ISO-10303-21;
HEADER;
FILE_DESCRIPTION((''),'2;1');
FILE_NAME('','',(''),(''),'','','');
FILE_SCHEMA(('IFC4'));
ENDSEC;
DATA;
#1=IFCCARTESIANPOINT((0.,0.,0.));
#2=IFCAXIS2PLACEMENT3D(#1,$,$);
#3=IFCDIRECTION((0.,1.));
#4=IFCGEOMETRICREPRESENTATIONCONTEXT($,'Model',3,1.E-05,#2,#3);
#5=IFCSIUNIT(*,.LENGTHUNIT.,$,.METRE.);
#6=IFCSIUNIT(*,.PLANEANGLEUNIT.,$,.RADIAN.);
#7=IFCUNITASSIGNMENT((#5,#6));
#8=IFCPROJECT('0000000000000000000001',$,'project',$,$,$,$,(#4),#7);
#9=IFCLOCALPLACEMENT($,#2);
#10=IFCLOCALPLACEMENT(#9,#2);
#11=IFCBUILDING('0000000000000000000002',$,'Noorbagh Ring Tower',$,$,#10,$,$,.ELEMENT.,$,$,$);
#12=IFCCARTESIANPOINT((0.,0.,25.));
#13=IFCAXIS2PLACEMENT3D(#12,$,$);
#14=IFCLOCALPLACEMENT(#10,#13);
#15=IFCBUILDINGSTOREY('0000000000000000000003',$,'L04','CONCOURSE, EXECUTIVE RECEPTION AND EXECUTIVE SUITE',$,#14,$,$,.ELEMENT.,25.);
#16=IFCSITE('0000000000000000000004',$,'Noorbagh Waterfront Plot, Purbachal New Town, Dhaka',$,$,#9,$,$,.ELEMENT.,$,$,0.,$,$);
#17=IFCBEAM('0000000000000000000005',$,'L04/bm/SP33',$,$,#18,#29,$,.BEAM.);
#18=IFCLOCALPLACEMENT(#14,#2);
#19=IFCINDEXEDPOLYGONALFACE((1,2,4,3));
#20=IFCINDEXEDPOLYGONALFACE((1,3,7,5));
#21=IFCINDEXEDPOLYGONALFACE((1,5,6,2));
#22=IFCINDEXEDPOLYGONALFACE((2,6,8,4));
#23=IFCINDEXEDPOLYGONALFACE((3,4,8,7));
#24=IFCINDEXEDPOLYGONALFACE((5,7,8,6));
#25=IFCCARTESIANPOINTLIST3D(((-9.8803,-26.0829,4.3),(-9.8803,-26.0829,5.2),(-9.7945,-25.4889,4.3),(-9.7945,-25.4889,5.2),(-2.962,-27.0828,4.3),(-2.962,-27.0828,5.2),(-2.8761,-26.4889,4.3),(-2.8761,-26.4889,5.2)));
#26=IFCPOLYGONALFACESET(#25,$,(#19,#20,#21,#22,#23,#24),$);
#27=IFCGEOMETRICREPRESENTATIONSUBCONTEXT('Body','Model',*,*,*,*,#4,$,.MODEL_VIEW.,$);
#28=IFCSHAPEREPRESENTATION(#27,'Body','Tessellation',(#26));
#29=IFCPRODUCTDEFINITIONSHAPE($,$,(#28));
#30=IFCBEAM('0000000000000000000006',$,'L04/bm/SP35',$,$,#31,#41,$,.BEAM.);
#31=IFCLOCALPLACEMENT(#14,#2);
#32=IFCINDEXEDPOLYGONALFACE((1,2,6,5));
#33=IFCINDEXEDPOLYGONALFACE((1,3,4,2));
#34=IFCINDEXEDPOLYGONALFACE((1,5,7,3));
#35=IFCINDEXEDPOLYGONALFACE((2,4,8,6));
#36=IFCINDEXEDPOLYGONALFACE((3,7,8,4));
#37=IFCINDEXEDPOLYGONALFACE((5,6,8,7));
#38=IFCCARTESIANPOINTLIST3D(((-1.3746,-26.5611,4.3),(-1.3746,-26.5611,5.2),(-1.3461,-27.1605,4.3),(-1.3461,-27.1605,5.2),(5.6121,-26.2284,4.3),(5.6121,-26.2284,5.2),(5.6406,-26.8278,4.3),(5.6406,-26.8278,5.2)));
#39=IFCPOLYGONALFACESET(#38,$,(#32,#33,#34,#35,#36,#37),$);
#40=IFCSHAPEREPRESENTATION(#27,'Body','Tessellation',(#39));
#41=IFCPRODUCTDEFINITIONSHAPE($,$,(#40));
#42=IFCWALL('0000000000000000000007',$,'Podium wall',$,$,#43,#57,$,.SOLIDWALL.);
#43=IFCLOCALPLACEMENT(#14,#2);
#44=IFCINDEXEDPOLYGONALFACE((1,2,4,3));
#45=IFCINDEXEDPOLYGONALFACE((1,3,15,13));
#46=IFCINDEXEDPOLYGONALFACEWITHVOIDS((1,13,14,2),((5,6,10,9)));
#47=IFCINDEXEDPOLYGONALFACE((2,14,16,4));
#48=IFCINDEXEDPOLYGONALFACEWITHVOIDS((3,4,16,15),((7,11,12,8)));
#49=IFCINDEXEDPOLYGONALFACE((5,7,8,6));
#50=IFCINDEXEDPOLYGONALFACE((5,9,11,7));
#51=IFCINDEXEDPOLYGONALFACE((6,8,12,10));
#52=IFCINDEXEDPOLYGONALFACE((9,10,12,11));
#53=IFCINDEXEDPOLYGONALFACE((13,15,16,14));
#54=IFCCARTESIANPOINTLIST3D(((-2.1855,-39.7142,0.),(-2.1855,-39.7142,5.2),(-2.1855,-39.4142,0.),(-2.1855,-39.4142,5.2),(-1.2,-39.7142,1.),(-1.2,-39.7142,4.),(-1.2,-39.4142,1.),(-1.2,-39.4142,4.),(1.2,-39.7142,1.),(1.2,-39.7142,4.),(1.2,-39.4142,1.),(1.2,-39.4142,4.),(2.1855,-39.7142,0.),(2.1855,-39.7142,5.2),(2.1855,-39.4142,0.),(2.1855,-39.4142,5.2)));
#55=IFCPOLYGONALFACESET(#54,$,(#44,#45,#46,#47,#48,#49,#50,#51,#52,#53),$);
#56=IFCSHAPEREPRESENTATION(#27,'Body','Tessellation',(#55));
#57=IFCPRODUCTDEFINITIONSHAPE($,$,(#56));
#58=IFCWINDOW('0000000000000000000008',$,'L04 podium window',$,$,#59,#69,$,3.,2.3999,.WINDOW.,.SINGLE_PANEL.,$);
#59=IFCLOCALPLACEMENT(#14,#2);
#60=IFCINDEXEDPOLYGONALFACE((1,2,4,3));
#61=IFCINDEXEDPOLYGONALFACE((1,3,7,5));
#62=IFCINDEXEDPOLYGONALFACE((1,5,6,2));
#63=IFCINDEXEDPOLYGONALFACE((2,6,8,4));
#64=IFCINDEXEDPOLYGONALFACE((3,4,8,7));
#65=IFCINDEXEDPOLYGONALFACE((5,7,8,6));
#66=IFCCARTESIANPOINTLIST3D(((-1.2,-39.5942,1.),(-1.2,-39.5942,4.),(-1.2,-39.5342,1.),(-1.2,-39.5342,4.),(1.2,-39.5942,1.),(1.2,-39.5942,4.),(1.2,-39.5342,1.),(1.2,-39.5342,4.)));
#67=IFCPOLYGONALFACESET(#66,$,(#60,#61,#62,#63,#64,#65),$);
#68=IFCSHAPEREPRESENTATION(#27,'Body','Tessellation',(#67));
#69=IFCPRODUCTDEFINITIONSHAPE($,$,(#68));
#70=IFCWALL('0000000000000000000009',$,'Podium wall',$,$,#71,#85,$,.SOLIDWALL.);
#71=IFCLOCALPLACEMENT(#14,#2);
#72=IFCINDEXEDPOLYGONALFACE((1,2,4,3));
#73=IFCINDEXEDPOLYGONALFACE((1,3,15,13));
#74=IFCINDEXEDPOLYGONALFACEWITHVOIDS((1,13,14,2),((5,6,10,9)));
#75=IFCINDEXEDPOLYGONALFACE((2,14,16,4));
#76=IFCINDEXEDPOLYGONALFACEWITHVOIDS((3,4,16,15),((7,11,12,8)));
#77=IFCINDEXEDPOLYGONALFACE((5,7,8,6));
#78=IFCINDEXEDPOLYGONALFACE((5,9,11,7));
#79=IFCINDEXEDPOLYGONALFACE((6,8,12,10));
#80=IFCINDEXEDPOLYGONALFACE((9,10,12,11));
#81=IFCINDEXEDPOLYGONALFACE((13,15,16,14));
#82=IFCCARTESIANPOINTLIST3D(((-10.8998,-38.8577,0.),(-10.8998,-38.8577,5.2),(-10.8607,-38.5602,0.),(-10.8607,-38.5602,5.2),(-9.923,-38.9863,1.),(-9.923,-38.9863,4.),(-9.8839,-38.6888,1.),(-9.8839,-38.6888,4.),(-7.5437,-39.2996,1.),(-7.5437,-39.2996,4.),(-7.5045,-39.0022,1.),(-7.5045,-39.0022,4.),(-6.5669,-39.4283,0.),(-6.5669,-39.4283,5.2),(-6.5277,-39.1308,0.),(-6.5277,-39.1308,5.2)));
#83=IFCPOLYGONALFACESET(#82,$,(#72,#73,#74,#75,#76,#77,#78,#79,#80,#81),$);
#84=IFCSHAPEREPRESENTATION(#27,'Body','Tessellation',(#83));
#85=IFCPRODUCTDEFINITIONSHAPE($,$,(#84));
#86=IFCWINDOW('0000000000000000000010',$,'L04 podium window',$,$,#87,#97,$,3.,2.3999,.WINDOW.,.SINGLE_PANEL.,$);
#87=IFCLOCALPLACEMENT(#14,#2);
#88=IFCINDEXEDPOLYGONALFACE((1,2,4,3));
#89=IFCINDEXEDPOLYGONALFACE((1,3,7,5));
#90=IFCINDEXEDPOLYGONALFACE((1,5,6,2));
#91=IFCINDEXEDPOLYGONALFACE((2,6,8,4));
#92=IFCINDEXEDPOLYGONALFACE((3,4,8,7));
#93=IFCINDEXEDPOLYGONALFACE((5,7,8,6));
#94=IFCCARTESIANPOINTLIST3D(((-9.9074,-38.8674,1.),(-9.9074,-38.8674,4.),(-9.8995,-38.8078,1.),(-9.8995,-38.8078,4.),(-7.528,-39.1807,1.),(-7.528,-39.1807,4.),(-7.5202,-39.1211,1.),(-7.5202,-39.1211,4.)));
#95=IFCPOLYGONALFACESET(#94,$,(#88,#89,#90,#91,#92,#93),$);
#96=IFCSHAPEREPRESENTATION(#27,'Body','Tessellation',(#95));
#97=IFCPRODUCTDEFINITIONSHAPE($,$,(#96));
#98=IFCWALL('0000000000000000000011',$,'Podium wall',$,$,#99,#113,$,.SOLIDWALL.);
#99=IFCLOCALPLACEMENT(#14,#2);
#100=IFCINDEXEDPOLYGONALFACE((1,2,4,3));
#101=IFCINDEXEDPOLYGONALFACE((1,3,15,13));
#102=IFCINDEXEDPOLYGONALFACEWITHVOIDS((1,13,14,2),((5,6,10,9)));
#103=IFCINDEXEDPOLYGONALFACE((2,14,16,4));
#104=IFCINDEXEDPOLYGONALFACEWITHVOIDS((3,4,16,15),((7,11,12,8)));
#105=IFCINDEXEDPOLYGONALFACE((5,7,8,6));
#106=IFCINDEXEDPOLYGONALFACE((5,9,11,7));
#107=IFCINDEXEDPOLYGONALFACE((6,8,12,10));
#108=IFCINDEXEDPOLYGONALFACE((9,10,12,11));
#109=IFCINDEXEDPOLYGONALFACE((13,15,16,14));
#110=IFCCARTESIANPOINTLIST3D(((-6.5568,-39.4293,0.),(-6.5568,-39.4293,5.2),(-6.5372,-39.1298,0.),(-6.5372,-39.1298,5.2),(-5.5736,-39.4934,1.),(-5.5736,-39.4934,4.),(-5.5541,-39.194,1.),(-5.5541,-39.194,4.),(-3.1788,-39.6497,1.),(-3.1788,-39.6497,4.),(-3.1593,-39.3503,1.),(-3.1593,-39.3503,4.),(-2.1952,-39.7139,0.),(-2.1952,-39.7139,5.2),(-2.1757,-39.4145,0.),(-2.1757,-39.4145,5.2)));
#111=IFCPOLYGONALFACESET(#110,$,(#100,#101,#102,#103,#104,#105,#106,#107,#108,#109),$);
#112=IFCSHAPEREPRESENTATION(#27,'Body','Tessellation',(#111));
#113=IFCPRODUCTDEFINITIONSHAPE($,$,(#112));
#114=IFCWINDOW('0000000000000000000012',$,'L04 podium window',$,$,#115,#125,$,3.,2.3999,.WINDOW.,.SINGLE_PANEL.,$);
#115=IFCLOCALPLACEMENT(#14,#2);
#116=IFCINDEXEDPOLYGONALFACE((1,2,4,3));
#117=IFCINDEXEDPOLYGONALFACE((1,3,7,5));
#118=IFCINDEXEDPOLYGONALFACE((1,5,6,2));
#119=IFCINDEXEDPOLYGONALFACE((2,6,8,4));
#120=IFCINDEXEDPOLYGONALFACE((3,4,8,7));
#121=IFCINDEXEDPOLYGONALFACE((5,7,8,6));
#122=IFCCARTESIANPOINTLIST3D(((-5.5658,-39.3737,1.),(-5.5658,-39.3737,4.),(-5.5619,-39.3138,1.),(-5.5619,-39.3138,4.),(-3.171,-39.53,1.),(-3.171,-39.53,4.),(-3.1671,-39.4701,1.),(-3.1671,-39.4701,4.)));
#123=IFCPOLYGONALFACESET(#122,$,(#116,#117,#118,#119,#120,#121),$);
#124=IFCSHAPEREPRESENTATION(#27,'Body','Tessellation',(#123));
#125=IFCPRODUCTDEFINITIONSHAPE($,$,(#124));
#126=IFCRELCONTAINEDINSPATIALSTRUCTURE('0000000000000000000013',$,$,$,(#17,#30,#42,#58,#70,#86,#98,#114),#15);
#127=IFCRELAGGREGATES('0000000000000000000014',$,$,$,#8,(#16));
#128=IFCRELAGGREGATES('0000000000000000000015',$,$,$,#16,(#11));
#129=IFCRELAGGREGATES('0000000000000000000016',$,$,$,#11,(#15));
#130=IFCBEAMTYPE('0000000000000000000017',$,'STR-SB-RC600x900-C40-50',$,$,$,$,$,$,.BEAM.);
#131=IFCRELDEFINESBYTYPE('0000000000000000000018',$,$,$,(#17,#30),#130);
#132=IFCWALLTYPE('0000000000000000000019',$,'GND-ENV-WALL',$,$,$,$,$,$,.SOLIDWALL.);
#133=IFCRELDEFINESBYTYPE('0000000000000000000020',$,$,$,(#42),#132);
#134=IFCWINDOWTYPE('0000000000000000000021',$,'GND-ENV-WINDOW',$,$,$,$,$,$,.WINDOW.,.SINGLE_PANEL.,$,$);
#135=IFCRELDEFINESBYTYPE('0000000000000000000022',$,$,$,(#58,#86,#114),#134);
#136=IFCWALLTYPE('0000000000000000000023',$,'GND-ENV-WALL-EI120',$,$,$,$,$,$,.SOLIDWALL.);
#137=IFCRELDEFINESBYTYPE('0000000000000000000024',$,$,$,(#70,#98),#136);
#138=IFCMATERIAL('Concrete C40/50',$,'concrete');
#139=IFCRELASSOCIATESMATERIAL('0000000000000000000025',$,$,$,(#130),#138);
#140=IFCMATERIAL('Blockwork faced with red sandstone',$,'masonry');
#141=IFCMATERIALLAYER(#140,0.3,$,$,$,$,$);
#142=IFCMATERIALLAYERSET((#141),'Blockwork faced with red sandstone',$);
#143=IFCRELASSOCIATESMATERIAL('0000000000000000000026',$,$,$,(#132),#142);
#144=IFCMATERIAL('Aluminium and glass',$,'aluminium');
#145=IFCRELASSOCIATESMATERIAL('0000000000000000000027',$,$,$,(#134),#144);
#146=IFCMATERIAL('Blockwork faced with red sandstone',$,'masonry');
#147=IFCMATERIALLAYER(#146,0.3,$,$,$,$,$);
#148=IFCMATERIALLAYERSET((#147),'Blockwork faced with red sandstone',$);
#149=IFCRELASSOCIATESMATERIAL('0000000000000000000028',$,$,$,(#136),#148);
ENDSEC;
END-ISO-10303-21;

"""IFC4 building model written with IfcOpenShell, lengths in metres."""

from ifc_helpers import new_model, si_unit, direction, frame, frame_2d, origin, origin_2d, place, context, subcontext, project, spatial, rectangle, extrude, material, layer, layer_set, material_profile, profile_set, type_object, element, fill, save


model = new_model("IFC4")

# Units and contexts
model_context = context("Model", 3, precision=1e-05, world=origin(), true_north=direction((0.0, 1.0)))
body_context = subcontext(model_context, "Body", "Model", "MODEL_VIEW")
ifc_project = project(units=[si_unit("LENGTHUNIT", "METRE"), si_unit("PLANEANGLEUNIT", "RADIAN")], contexts=[model_context])

# Site, building, storey
site_placement = place(None, origin())
site = spatial("IfcSite", under=ifc_project, at=site_placement, Name="Noorbagh Waterfront Plot, Purbachal New Town, Dhaka", CompositionType="ELEMENT", RefElevation=0.0)
building_placement = place(site_placement, origin())
building = spatial("IfcBuilding", under=site, at=building_placement, Name="Noorbagh Ring Tower", CompositionType="ELEMENT")
storey_placement = place(building_placement, frame((0.0, 0.0, 25.0)))
storey = spatial("IfcBuildingStorey", under=building, at=storey_placement, Name="L04", Description="CONCOURSE, EXECUTIVE RECEPTION AND EXECUTIVE SUITE", CompositionType="ELEMENT", Elevation=25.0)

# Beams
ifc_material_1 = material(Name="Concrete C40/50", Category="concrete")
ifc_material_profile_1 = material_profile(ifc_material_1, rectangle(XDim=0.6001, YDim=0.8999, at=origin_2d()), Name="RC600x900")
ifc_profile_set_1 = profile_set([ifc_material_profile_1], Name="Concrete C40/50")
beam_type_1 = type_object("IfcBeamType", Name="STR-SB-RC600x900-C40-50", PredefinedType="BEAM", material=ifc_profile_set_1)
beam_1_placement = place(storey_placement, frame((-9.8374, -25.7859, 4.75), z_axis=(0.989715, -0.143054, 0.0), x_axis=(0.143054, 0.989715, 0.0)))
element("IfcBeam", 1, at=beam_1_placement, inside=storey, type_object=beam_type_1, Name="L04/bm/SP33", PredefinedType="BEAM", context=body_context, shape_type="SweptSolid", body=[
    extrude(rectangle(XDim=0.6001, YDim=0.8999, at=origin_2d()), origin(), (0.0, 0.0, 1.0), 6.9902),
])
beam_2_placement = place(storey_placement, frame((-1.3604, -26.8608, 4.75), z_axis=(0.998868, 0.047573, 0.0), x_axis=(-0.047573, 0.998868, 0.0)))
element("IfcBeam", 2, at=beam_2_placement, inside=storey, type_object=beam_type_1, Name="L04/bm/SP35", PredefinedType="BEAM", context=body_context, shape_type="SweptSolid", body=[
    extrude(rectangle(XDim=0.6001, YDim=0.8999, at=origin_2d()), origin(), (0.0, 0.0, 1.0), 6.9946),
])

# Walls, openings, windows
ifc_material_2 = material(Name="Blockwork faced with red sandstone", Category="masonry")
ifc_layer_1 = layer(ifc_material_2, 0.3)
ifc_layer_set_1 = layer_set([ifc_layer_1], Name="Blockwork faced with red sandstone")
wall_type_1 = type_object("IfcWallType", Name="GND-ENV-WALL", PredefinedType="SOLIDWALL", material=ifc_layer_set_1)
wall_1_placement = place(storey_placement, frame((-2.1855, -39.5642, 0.0), z_axis=(0.0, 0.0, 1.0), x_axis=(1.0, 0.0, 0.0)))
wall_1 = element("IfcWall", 3, at=wall_1_placement, inside=storey, type_object=wall_type_1, Name="Podium wall", PredefinedType="SOLIDWALL", context=body_context, shape_type="SweptSolid", body=[
    extrude(rectangle(XDim=4.3711, YDim=0.3, at=frame_2d((2.1855, 0.0))), origin(), (0.0, 0.0, 1.0), 5.2),
])
opening_1_placement = place(wall_1_placement, frame((0.9856, 0.0, 1.0)))
opening_1 = element("IfcOpeningElement", 4, at=opening_1_placement, cuts=wall_1, PredefinedType="OPENING", context=body_context, shape_type="SweptSolid", body=[
    extrude(rectangle(XDim=2.3999, YDim=3.0, at=frame_2d((1.2, 1.5))), frame((0.0, 0.1602, 0.0), z_axis=(0.0, -1.0, 0.0), x_axis=(1.0, 0.0, 0.0)), (0.0, 0.0, 1.0), 0.3201),
])
ifc_material_3 = material(Name="Aluminium and glass", Category="aluminium")
window_type = type_object("IfcWindowType", Name="GND-ENV-WINDOW", PartitioningType="SINGLE_PANEL", PredefinedType="WINDOW", material=ifc_material_3)
window_1_placement = place(opening_1_placement, origin())
window_1 = element("IfcWindow", 5, at=window_1_placement, inside=storey, type_object=window_type, Name="L04 podium window", OverallHeight=3.0, OverallWidth=2.3999, PartitioningType="SINGLE_PANEL", PredefinedType="WINDOW", context=body_context, shape_type="SweptSolid", body=[
    extrude(rectangle(XDim=2.3999, YDim=3.0, at=frame_2d((1.2, 1.5))), frame((0.0, 0.03, 0.0), z_axis=(0.0, -1.0, 0.0), x_axis=(1.0, 0.0, 0.0)), (0.0, 0.0, 1.0), 0.0601),
])
fill(opening_1, window_1)
ifc_material_4 = material(Name="Blockwork faced with red sandstone", Category="masonry")
ifc_layer_2 = layer(ifc_material_4, 0.3)
ifc_layer_set_2 = layer_set([ifc_layer_2], Name="Blockwork faced with red sandstone")
wall_type_2 = type_object("IfcWallType", Name="GND-ENV-WALL-EI120", PredefinedType="SOLIDWALL", material=ifc_layer_set_2)
wall_2_placement = place(storey_placement, frame((-10.8801, -38.709, 0.0), z_axis=(0.0, 0.0, 1.0), x_axis=(0.991442, -0.13055, 0.0)))
wall_2 = element("IfcWall", 6, at=wall_2_placement, inside=storey, type_object=wall_type_2, Name="Podium wall", PredefinedType="SOLIDWALL", context=body_context, shape_type="SweptSolid", body=[
    extrude(rectangle(XDim=4.3704, YDim=0.3, at=frame_2d((2.1851, 0.0))), origin(), (0.0, 0.0, 1.0), 5.2),
])
opening_2_placement = place(wall_2_placement, frame((0.9851, 0.0, 1.0)))
opening_2 = element("IfcOpeningElement", 7, at=opening_2_placement, cuts=wall_2, PredefinedType="OPENING", context=body_context, shape_type="SweptSolid", body=[
    extrude(rectangle(XDim=2.3999, YDim=3.0, at=frame_2d((1.2, 1.5))), frame((0.0, 0.1602, 0.0), z_axis=(0.0, -1.0, 0.0), x_axis=(1.0, 0.0, 0.0)), (0.0, 0.0, 1.0), 0.3201),
])
window_2_placement = place(opening_2_placement, origin())
window_2 = element("IfcWindow", 8, at=window_2_placement, inside=storey, type_object=window_type, Name="L04 podium window", OverallHeight=3.0, OverallWidth=2.3999, PartitioningType="SINGLE_PANEL", PredefinedType="WINDOW", context=body_context, shape_type="SweptSolid", body=[
    extrude(rectangle(XDim=2.3999, YDim=3.0, at=frame_2d((1.2, 1.5))), frame((0.0, 0.03, 0.0), z_axis=(0.0, -1.0, 0.0), x_axis=(1.0, 0.0, 0.0)), (0.0, 0.0, 1.0), 0.0601),
])
fill(opening_2, window_2)
wall_3_placement = place(storey_placement, frame((-6.5471, -39.2795, 0.0), z_axis=(0.0, 0.0, 1.0), x_axis=(0.997877, -0.065129, 0.0)))
wall_3 = element("IfcWall", 9, at=wall_3_placement, inside=storey, type_object=wall_type_2, Name="Podium wall", PredefinedType="SOLIDWALL", context=body_context, shape_type="SweptSolid", body=[
    extrude(rectangle(XDim=4.3708, YDim=0.3, at=frame_2d((2.1855, 0.0))), origin(), (0.0, 0.0, 1.0), 5.2),
])
opening_3_placement = place(wall_3_placement, frame((0.9854, 0.0, 1.0)))
opening_3 = element("IfcOpeningElement", 10, at=opening_3_placement, cuts=wall_3, PredefinedType="OPENING", context=body_context, shape_type="SweptSolid", body=[
    extrude(rectangle(XDim=2.3999, YDim=3.0, at=frame_2d((1.2, 1.5))), frame((0.0, 0.1602, 0.0), z_axis=(0.0, -1.0, 0.0), x_axis=(1.0, 0.0, 0.0)), (0.0, 0.0, 1.0), 0.3201),
])
window_3_placement = place(opening_3_placement, origin())
window_3 = element("IfcWindow", 11, at=window_3_placement, inside=storey, type_object=window_type, Name="L04 podium window", OverallHeight=3.0, OverallWidth=2.3999, PartitioningType="SINGLE_PANEL", PredefinedType="WINDOW", context=body_context, shape_type="SweptSolid", body=[
    extrude(rectangle(XDim=2.3999, YDim=3.0, at=frame_2d((1.2, 1.5))), frame((0.0, 0.03, 0.0), z_axis=(0.0, -1.0, 0.0), x_axis=(1.0, 0.0, 0.0)), (0.0, 0.0, 1.0), 0.0601),
])
fill(opening_3, window_3)

save(model, "model.ifc")
